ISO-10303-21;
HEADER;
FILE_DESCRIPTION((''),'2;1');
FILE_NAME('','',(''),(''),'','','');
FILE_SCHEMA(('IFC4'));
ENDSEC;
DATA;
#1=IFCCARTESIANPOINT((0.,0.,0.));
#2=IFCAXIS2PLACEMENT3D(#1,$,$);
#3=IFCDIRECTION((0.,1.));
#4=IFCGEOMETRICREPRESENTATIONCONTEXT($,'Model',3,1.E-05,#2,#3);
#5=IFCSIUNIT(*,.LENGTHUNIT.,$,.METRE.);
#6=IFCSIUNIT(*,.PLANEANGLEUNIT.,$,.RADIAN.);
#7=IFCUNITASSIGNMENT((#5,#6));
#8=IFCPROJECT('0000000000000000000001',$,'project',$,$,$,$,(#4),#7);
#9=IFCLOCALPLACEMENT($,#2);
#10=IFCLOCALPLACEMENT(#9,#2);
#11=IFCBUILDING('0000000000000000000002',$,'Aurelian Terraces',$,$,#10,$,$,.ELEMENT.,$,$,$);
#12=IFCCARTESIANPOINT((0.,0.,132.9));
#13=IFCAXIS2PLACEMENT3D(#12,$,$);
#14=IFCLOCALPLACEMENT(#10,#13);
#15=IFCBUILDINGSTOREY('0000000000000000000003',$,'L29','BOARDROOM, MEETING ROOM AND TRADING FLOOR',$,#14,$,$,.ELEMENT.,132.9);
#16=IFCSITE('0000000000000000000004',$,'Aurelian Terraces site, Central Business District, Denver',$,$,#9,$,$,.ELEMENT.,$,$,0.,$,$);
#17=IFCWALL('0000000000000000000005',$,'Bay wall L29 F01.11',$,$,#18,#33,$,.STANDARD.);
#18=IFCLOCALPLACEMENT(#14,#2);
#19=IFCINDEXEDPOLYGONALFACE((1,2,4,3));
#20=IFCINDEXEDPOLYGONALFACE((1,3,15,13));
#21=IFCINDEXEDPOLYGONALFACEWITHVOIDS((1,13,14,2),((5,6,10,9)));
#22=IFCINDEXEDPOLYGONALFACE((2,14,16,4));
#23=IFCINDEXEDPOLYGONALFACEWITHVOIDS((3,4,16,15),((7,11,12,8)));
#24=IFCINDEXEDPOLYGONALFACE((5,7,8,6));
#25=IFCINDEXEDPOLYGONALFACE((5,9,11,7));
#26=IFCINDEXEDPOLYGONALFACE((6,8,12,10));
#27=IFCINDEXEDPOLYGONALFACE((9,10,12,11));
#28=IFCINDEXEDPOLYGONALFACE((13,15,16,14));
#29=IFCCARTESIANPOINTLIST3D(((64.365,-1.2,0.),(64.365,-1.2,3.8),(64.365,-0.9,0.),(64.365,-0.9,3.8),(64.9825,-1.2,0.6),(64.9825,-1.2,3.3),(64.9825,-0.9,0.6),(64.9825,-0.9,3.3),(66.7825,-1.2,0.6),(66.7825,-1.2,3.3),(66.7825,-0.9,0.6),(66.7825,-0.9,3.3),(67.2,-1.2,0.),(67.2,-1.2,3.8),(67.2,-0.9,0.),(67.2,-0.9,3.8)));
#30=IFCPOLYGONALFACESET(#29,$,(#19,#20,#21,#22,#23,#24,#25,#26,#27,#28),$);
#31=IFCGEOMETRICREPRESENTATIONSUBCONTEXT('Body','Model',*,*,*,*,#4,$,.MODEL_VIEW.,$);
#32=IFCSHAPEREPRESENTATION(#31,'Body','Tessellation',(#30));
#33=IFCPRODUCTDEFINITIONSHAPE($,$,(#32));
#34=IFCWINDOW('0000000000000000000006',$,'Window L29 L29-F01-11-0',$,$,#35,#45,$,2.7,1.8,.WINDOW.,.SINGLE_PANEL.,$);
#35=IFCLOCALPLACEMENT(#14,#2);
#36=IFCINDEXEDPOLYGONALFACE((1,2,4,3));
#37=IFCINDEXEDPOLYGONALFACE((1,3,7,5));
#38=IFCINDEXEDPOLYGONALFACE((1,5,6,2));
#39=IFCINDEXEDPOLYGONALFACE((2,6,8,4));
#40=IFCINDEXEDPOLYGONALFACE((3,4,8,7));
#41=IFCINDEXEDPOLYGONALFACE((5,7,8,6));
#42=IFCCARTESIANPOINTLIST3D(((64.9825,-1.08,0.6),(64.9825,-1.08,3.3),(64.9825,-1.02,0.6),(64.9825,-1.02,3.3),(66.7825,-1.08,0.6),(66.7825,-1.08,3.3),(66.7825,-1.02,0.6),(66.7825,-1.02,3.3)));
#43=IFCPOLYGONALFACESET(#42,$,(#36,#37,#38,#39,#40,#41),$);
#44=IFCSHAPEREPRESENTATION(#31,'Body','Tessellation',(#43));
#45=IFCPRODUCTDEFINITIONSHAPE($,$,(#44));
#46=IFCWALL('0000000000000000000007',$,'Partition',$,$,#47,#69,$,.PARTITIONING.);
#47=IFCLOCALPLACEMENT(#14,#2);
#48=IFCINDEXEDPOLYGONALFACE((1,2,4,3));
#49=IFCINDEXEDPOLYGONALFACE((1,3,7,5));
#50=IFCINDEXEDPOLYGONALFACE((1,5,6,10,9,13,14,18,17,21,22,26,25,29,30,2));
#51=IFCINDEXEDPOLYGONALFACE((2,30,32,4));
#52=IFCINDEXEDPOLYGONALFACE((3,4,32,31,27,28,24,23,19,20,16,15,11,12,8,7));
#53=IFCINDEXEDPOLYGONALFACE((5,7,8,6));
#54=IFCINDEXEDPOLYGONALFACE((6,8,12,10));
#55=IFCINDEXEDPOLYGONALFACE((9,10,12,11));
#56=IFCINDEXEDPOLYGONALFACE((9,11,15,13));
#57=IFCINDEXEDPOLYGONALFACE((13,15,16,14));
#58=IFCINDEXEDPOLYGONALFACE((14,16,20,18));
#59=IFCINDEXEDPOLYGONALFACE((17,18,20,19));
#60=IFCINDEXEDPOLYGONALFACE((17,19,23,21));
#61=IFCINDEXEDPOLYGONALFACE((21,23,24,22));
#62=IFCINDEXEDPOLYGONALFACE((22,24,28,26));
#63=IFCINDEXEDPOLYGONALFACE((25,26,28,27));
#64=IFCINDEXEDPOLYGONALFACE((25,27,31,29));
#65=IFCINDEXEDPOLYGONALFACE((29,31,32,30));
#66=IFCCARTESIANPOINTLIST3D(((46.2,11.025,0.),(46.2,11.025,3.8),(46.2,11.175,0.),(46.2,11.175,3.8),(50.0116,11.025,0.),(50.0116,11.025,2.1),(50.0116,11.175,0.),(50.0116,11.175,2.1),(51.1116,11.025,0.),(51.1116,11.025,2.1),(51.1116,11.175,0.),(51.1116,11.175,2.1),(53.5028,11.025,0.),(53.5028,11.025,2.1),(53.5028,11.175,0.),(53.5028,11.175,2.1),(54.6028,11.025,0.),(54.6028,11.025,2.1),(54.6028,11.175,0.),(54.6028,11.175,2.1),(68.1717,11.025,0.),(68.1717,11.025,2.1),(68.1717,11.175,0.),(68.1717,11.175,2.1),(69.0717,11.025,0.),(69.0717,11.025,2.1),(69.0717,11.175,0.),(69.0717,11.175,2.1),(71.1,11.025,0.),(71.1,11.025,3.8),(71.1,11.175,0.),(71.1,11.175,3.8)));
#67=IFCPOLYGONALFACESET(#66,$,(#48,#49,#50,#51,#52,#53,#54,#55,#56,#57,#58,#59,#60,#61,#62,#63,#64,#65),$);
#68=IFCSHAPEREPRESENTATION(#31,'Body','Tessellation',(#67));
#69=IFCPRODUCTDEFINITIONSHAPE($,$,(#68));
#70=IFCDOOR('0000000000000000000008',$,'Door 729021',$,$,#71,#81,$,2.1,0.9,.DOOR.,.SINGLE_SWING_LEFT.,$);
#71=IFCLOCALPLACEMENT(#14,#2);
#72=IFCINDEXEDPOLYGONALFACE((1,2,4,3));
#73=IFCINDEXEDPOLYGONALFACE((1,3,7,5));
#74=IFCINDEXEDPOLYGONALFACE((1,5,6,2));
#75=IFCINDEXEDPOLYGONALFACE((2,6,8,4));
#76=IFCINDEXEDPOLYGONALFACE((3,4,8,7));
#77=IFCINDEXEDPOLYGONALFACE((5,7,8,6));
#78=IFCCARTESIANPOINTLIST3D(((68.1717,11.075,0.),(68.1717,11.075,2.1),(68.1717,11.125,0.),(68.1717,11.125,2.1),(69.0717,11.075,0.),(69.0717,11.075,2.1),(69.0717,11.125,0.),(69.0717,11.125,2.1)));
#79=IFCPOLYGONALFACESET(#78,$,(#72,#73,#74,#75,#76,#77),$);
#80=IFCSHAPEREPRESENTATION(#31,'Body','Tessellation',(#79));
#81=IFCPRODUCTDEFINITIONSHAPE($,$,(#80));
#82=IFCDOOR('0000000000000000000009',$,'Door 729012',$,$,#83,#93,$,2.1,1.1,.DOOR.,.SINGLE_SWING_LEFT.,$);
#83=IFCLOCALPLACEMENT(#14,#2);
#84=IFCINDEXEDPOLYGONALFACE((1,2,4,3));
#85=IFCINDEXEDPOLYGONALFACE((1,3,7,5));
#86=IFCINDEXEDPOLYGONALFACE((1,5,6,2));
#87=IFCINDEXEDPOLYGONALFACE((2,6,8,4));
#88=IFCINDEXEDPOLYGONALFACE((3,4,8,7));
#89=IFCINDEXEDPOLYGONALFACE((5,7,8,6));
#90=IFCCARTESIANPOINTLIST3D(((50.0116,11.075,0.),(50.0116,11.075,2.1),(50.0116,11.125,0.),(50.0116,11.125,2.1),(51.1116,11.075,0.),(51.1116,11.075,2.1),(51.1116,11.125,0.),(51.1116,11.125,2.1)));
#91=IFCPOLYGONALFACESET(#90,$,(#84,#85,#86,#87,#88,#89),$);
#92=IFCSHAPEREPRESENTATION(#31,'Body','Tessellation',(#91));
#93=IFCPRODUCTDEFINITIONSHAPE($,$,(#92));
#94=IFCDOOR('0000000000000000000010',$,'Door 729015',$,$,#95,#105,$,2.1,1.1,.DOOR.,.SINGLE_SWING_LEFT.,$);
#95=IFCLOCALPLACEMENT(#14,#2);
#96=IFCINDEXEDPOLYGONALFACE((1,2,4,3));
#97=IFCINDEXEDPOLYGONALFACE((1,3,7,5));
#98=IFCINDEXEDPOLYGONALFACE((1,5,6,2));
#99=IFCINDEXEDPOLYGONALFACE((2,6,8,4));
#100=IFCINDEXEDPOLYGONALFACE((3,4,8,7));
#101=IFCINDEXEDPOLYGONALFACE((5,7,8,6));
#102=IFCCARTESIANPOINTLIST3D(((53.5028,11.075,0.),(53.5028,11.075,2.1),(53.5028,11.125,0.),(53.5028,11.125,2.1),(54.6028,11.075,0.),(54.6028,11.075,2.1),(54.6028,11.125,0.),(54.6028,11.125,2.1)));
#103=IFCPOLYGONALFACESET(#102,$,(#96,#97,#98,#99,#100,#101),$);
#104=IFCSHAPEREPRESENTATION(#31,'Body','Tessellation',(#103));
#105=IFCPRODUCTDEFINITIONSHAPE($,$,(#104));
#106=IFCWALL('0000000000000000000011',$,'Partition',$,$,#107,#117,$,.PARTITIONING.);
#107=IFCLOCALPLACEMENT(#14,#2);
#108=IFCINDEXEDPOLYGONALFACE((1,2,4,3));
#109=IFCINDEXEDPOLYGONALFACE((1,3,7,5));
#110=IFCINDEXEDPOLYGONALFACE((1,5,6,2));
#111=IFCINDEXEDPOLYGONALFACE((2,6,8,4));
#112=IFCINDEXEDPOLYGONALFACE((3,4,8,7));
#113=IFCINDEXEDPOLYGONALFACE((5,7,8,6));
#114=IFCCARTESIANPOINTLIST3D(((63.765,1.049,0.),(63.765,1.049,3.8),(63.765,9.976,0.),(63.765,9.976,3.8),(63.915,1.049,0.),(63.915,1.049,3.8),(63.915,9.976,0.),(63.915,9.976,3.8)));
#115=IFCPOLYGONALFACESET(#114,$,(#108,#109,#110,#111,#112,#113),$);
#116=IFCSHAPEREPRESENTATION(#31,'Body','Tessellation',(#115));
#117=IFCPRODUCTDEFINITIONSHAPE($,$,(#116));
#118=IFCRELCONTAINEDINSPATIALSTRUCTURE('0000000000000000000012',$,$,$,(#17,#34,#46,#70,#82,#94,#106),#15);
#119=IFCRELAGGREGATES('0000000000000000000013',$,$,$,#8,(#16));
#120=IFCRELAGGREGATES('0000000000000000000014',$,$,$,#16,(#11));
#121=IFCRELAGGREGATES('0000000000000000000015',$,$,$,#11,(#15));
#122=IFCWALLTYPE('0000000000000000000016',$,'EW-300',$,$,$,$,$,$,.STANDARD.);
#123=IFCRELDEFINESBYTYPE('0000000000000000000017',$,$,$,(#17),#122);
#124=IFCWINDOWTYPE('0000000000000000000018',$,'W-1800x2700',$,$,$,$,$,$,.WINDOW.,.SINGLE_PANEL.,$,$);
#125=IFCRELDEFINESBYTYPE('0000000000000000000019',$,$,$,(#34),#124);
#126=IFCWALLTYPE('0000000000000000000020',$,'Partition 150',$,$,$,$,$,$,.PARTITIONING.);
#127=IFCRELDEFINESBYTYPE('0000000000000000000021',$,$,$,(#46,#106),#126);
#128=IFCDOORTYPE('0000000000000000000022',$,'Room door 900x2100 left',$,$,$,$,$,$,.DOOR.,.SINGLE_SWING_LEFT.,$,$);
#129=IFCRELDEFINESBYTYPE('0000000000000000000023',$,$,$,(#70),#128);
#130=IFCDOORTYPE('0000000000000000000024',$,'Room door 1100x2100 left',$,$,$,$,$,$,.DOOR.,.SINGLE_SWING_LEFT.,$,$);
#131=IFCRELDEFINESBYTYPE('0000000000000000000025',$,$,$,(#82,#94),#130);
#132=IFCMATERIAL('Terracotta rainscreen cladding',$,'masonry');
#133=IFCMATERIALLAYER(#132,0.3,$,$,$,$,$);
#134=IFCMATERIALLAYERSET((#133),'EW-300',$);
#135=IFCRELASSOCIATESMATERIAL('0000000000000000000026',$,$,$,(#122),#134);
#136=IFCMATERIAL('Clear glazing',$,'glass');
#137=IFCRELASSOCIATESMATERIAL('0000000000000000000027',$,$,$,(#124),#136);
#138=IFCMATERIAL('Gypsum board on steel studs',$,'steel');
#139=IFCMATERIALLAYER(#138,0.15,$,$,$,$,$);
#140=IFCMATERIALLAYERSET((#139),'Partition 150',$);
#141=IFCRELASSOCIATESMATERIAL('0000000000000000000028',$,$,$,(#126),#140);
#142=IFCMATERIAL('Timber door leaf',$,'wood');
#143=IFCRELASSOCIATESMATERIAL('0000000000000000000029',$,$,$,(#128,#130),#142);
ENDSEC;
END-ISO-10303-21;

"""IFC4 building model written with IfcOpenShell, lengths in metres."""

from ifc_helpers import new_model, si_unit, direction, frame, frame_2d, origin, place, context, subcontext, project, spatial, rectangle, extrude, source, transform, mapped, material, layer, layer_set, type_object, element, fill, save


model = new_model("IFC4")

# Units and contexts
model_context = context("Model", 3, precision=1e-05, world=origin(), true_north=direction((0.0, 1.0)))
body_context = subcontext(model_context, "Body", "Model", "MODEL_VIEW")
ifc_project = project(units=[si_unit("LENGTHUNIT", "METRE"), si_unit("PLANEANGLEUNIT", "RADIAN")], contexts=[model_context])

# Site, building, storey
site_placement = place(None, origin())
site = spatial("IfcSite", under=ifc_project, at=site_placement, Name="Aurelian Terraces site, Central Business District, Denver", CompositionType="ELEMENT", RefElevation=0.0)
building_placement = place(site_placement, origin())
building = spatial("IfcBuilding", under=site, at=building_placement, Name="Aurelian Terraces", CompositionType="ELEMENT")
storey_placement = place(building_placement, frame((0.0, 0.0, 132.9)))
storey = spatial("IfcBuildingStorey", under=building, at=storey_placement, Name="L29", Description="BOARDROOM, MEETING ROOM AND TRADING FLOOR", CompositionType="ELEMENT", Elevation=132.9)

# Shared definitions
ifc_material_1 = material(Name="Terracotta rainscreen cladding", Category="masonry")
ifc_layer_1 = layer(ifc_material_1, 0.3)
ifc_layer_set_1 = layer_set([ifc_layer_1], Name="EW-300")
wall_type_1 = type_object("IfcWallType", Name="EW-300", PredefinedType="STANDARD", material=ifc_layer_set_1)
shared_shape_1 = source(origin(), body_context, "Body", "SweptSolid", [
    extrude(rectangle(XDim=1.8, YDim=2.7, at=frame_2d((0.9, 1.35))), frame((0.0, 0.16, 0.0), z_axis=(0.0, -1.0, 0.0), x_axis=(1.0, 0.0, 0.0)), (0.0, 0.0, 1.0), 0.32),
])
ifc_material_2 = material(Name="Clear glazing", Category="glass")
window_type_1 = type_object("IfcWindowType", Name="W-1800x2700", PartitioningType="SINGLE_PANEL", PredefinedType="WINDOW", material=ifc_material_2)
shared_shape_2 = source(origin(), body_context, "Body", "SweptSolid", [
    extrude(rectangle(XDim=1.8, YDim=2.7, at=frame_2d((0.9, 1.35))), frame((0.0, 0.03, 0.0), z_axis=(0.0, -1.0, 0.0), x_axis=(1.0, 0.0, 0.0)), (0.0, 0.0, 1.0), 0.06),
])

# Wall, opening, window
shared_shape_3 = source(origin(), body_context, "Body", "SweptSolid", [
    extrude(rectangle(XDim=2.835, YDim=0.3, at=frame_2d((1.4175, 0.0))), origin(), (0.0, 0.0, 1.0), 3.8),
])
wall_1_placement = place(storey_placement, frame((64.365, -1.05, 0.0), z_axis=(0.0, 0.0, 1.0), x_axis=(1.0, 0.0, 0.0)))
wall_1 = element("IfcWall", 1, at=wall_1_placement, inside=storey, type_object=wall_type_1, Name="Bay wall L29 F01.11", PredefinedType="STANDARD", context=body_context, shape_type="MappedRepresentation", body=[
    mapped(shared_shape_3, transform((0.0, 0.0, 0.0), scale=1.0)),
])
opening_1_placement = place(wall_1_placement, frame((0.6175, 0.0, 0.6)))
opening_1 = element("IfcOpeningElement", 2, at=opening_1_placement, cuts=wall_1, PredefinedType="OPENING", context=body_context, shape_type="MappedRepresentation", body=[
    mapped(shared_shape_1, transform((0.0, 0.0, 0.0), scale=1.0)),
])
window_1_placement = place(opening_1_placement, origin())
window_1 = element("IfcWindow", 3, at=window_1_placement, inside=storey, type_object=window_type_1, Name="Window L29 L29-F01-11-0", OverallHeight=2.7, OverallWidth=1.8, PartitioningType="SINGLE_PANEL", PredefinedType="WINDOW", context=body_context, shape_type="MappedRepresentation", body=[
    mapped(shared_shape_2, transform((0.0, 0.0, 0.0), scale=1.0)),
])
fill(opening_1, window_1)

# Wall, openings, doors
ifc_material_3 = material(Name="Gypsum board on steel studs", Category="steel")
ifc_layer_2 = layer(ifc_material_3, 0.15)
ifc_layer_set_2 = layer_set([ifc_layer_2], Name="Partition 150")
wall_type_2 = type_object("IfcWallType", Name="Partition 150", PredefinedType="PARTITIONING", material=ifc_layer_set_2)
shared_shape_4 = source(origin(), body_context, "Body", "SweptSolid", [
    extrude(rectangle(XDim=24.9, YDim=0.15, at=frame_2d((12.45, 0.0))), origin(), (0.0, 0.0, 1.0), 3.8),
])
wall_2_placement = place(storey_placement, frame((71.1, 11.1, 0.0), z_axis=(0.0, 0.0, 1.0), x_axis=(-1.0, 0.0, 0.0)))
wall_2 = element("IfcWall", 4, at=wall_2_placement, inside=storey, type_object=wall_type_2, Name="Partition", PredefinedType="PARTITIONING", context=body_context, shape_type="MappedRepresentation", body=[
    mapped(shared_shape_4, transform((0.0, 0.0, 0.0), scale=1.0)),
])
shared_shape_5 = source(origin(), body_context, "Body", "SweptSolid", [
    extrude(rectangle(XDim=1.1, YDim=2.1, at=frame_2d((0.55, 1.05))), frame((0.0, 0.085, 0.0), z_axis=(0.0, -1.0, 0.0), x_axis=(1.0, 0.0, 0.0)), (0.0, 0.0, 1.0), 0.17),
])
opening_2_placement = place(wall_2_placement, frame((19.9884, 0.0, 0.0)))
opening_2 = element("IfcOpeningElement", 5, at=opening_2_placement, cuts=wall_2, PredefinedType="OPENING", context=body_context, shape_type="MappedRepresentation", body=[
    mapped(shared_shape_5, transform((0.0, 0.0, 0.0), scale=1.0)),
])
opening_3_placement = place(wall_2_placement, frame((16.4972, 0.0, 0.0)))
opening_3 = element("IfcOpeningElement", 6, at=opening_3_placement, cuts=wall_2, PredefinedType="OPENING", context=body_context, shape_type="MappedRepresentation", body=[
    mapped(shared_shape_5, transform((0.0, 0.0, 0.0), scale=1.0)),
])
shared_shape_6 = source(origin(), body_context, "Body", "SweptSolid", [
    extrude(rectangle(XDim=0.9, YDim=2.1, at=frame_2d((0.45, 1.05))), frame((0.0, 0.085, 0.0), z_axis=(0.0, -1.0, 0.0), x_axis=(1.0, 0.0, 0.0)), (0.0, 0.0, 1.0), 0.17),
])
opening_4_placement = place(wall_2_placement, frame((2.0283, 0.0, 0.0)))
opening_4 = element("IfcOpeningElement", 7, at=opening_4_placement, cuts=wall_2, PredefinedType="OPENING", context=body_context, shape_type="MappedRepresentation", body=[
    mapped(shared_shape_6, transform((0.0, 0.0, 0.0), scale=1.0)),
])
ifc_material_4 = material(Name="Timber door leaf", Category="wood")
door_type_1 = type_object("IfcDoorType", Name="Room door 900x2100 left", OperationType="SINGLE_SWING_LEFT", PredefinedType="DOOR", material=ifc_material_4)
shared_shape_7 = source(origin(), body_context, "Body", "SweptSolid", [
    extrude(rectangle(XDim=0.9, YDim=2.1, at=frame_2d((0.45, 1.05))), frame((0.0, 0.025, 0.0), z_axis=(0.0, -1.0, 0.0), x_axis=(1.0, 0.0, 0.0)), (0.0, 0.0, 1.0), 0.05),
])
door_1_placement = place(opening_4_placement, origin())
door_1 = element("IfcDoor", 8, at=door_1_placement, inside=storey, type_object=door_type_1, Name="Door 729021", OperationType="SINGLE_SWING_LEFT", OverallHeight=2.1, OverallWidth=0.9, PredefinedType="DOOR", context=body_context, shape_type="MappedRepresentation", body=[
    mapped(shared_shape_7, transform((0.0, 0.0, 0.0), scale=1.0)),
])
fill(opening_4, door_1)
door_type_2 = type_object("IfcDoorType", Name="Room door 1100x2100 left", OperationType="SINGLE_SWING_LEFT", PredefinedType="DOOR", material=ifc_material_4)
shared_shape_8 = source(origin(), body_context, "Body", "SweptSolid", [
    extrude(rectangle(XDim=1.1, YDim=2.1, at=frame_2d((0.55, 1.05))), frame((0.0, 0.025, 0.0), z_axis=(0.0, -1.0, 0.0), x_axis=(1.0, 0.0, 0.0)), (0.0, 0.0, 1.0), 0.05),
])
door_2_placement = place(opening_2_placement, origin())
door_2 = element("IfcDoor", 9, at=door_2_placement, inside=storey, type_object=door_type_2, Name="Door 729012", OperationType="SINGLE_SWING_LEFT", OverallHeight=2.1, OverallWidth=1.1, PredefinedType="DOOR", context=body_context, shape_type="MappedRepresentation", body=[
    mapped(shared_shape_8, transform((0.0, 0.0, 0.0), scale=1.0)),
])
fill(opening_2, door_2)
door_3_placement = place(opening_3_placement, origin())
door_3 = element("IfcDoor", 10, at=door_3_placement, inside=storey, type_object=door_type_2, Name="Door 729015", OperationType="SINGLE_SWING_LEFT", OverallHeight=2.1, OverallWidth=1.1, PredefinedType="DOOR", context=body_context, shape_type="MappedRepresentation", body=[
    mapped(shared_shape_8, transform((0.0, 0.0, 0.0), scale=1.0)),
])
fill(opening_3, door_3)

# Wall
shared_shape_9 = source(origin(), body_context, "Body", "SweptSolid", [
    extrude(rectangle(XDim=8.927, YDim=0.15, at=frame_2d((4.4635, 0.0))), origin(), (0.0, 0.0, 1.0), 3.8),
])
wall_3_placement = place(storey_placement, frame((63.84, 1.049, 0.0), z_axis=(0.0, 0.0, 1.0), x_axis=(0.0, 1.0, 0.0)))
element("IfcWall", 11, at=wall_3_placement, inside=storey, type_object=wall_type_2, Name="Partition", PredefinedType="PARTITIONING", context=body_context, shape_type="MappedRepresentation", body=[
    mapped(shared_shape_9, transform((0.0, 0.0, 0.0), scale=1.0)),
])

save(model, "model.ifc")
